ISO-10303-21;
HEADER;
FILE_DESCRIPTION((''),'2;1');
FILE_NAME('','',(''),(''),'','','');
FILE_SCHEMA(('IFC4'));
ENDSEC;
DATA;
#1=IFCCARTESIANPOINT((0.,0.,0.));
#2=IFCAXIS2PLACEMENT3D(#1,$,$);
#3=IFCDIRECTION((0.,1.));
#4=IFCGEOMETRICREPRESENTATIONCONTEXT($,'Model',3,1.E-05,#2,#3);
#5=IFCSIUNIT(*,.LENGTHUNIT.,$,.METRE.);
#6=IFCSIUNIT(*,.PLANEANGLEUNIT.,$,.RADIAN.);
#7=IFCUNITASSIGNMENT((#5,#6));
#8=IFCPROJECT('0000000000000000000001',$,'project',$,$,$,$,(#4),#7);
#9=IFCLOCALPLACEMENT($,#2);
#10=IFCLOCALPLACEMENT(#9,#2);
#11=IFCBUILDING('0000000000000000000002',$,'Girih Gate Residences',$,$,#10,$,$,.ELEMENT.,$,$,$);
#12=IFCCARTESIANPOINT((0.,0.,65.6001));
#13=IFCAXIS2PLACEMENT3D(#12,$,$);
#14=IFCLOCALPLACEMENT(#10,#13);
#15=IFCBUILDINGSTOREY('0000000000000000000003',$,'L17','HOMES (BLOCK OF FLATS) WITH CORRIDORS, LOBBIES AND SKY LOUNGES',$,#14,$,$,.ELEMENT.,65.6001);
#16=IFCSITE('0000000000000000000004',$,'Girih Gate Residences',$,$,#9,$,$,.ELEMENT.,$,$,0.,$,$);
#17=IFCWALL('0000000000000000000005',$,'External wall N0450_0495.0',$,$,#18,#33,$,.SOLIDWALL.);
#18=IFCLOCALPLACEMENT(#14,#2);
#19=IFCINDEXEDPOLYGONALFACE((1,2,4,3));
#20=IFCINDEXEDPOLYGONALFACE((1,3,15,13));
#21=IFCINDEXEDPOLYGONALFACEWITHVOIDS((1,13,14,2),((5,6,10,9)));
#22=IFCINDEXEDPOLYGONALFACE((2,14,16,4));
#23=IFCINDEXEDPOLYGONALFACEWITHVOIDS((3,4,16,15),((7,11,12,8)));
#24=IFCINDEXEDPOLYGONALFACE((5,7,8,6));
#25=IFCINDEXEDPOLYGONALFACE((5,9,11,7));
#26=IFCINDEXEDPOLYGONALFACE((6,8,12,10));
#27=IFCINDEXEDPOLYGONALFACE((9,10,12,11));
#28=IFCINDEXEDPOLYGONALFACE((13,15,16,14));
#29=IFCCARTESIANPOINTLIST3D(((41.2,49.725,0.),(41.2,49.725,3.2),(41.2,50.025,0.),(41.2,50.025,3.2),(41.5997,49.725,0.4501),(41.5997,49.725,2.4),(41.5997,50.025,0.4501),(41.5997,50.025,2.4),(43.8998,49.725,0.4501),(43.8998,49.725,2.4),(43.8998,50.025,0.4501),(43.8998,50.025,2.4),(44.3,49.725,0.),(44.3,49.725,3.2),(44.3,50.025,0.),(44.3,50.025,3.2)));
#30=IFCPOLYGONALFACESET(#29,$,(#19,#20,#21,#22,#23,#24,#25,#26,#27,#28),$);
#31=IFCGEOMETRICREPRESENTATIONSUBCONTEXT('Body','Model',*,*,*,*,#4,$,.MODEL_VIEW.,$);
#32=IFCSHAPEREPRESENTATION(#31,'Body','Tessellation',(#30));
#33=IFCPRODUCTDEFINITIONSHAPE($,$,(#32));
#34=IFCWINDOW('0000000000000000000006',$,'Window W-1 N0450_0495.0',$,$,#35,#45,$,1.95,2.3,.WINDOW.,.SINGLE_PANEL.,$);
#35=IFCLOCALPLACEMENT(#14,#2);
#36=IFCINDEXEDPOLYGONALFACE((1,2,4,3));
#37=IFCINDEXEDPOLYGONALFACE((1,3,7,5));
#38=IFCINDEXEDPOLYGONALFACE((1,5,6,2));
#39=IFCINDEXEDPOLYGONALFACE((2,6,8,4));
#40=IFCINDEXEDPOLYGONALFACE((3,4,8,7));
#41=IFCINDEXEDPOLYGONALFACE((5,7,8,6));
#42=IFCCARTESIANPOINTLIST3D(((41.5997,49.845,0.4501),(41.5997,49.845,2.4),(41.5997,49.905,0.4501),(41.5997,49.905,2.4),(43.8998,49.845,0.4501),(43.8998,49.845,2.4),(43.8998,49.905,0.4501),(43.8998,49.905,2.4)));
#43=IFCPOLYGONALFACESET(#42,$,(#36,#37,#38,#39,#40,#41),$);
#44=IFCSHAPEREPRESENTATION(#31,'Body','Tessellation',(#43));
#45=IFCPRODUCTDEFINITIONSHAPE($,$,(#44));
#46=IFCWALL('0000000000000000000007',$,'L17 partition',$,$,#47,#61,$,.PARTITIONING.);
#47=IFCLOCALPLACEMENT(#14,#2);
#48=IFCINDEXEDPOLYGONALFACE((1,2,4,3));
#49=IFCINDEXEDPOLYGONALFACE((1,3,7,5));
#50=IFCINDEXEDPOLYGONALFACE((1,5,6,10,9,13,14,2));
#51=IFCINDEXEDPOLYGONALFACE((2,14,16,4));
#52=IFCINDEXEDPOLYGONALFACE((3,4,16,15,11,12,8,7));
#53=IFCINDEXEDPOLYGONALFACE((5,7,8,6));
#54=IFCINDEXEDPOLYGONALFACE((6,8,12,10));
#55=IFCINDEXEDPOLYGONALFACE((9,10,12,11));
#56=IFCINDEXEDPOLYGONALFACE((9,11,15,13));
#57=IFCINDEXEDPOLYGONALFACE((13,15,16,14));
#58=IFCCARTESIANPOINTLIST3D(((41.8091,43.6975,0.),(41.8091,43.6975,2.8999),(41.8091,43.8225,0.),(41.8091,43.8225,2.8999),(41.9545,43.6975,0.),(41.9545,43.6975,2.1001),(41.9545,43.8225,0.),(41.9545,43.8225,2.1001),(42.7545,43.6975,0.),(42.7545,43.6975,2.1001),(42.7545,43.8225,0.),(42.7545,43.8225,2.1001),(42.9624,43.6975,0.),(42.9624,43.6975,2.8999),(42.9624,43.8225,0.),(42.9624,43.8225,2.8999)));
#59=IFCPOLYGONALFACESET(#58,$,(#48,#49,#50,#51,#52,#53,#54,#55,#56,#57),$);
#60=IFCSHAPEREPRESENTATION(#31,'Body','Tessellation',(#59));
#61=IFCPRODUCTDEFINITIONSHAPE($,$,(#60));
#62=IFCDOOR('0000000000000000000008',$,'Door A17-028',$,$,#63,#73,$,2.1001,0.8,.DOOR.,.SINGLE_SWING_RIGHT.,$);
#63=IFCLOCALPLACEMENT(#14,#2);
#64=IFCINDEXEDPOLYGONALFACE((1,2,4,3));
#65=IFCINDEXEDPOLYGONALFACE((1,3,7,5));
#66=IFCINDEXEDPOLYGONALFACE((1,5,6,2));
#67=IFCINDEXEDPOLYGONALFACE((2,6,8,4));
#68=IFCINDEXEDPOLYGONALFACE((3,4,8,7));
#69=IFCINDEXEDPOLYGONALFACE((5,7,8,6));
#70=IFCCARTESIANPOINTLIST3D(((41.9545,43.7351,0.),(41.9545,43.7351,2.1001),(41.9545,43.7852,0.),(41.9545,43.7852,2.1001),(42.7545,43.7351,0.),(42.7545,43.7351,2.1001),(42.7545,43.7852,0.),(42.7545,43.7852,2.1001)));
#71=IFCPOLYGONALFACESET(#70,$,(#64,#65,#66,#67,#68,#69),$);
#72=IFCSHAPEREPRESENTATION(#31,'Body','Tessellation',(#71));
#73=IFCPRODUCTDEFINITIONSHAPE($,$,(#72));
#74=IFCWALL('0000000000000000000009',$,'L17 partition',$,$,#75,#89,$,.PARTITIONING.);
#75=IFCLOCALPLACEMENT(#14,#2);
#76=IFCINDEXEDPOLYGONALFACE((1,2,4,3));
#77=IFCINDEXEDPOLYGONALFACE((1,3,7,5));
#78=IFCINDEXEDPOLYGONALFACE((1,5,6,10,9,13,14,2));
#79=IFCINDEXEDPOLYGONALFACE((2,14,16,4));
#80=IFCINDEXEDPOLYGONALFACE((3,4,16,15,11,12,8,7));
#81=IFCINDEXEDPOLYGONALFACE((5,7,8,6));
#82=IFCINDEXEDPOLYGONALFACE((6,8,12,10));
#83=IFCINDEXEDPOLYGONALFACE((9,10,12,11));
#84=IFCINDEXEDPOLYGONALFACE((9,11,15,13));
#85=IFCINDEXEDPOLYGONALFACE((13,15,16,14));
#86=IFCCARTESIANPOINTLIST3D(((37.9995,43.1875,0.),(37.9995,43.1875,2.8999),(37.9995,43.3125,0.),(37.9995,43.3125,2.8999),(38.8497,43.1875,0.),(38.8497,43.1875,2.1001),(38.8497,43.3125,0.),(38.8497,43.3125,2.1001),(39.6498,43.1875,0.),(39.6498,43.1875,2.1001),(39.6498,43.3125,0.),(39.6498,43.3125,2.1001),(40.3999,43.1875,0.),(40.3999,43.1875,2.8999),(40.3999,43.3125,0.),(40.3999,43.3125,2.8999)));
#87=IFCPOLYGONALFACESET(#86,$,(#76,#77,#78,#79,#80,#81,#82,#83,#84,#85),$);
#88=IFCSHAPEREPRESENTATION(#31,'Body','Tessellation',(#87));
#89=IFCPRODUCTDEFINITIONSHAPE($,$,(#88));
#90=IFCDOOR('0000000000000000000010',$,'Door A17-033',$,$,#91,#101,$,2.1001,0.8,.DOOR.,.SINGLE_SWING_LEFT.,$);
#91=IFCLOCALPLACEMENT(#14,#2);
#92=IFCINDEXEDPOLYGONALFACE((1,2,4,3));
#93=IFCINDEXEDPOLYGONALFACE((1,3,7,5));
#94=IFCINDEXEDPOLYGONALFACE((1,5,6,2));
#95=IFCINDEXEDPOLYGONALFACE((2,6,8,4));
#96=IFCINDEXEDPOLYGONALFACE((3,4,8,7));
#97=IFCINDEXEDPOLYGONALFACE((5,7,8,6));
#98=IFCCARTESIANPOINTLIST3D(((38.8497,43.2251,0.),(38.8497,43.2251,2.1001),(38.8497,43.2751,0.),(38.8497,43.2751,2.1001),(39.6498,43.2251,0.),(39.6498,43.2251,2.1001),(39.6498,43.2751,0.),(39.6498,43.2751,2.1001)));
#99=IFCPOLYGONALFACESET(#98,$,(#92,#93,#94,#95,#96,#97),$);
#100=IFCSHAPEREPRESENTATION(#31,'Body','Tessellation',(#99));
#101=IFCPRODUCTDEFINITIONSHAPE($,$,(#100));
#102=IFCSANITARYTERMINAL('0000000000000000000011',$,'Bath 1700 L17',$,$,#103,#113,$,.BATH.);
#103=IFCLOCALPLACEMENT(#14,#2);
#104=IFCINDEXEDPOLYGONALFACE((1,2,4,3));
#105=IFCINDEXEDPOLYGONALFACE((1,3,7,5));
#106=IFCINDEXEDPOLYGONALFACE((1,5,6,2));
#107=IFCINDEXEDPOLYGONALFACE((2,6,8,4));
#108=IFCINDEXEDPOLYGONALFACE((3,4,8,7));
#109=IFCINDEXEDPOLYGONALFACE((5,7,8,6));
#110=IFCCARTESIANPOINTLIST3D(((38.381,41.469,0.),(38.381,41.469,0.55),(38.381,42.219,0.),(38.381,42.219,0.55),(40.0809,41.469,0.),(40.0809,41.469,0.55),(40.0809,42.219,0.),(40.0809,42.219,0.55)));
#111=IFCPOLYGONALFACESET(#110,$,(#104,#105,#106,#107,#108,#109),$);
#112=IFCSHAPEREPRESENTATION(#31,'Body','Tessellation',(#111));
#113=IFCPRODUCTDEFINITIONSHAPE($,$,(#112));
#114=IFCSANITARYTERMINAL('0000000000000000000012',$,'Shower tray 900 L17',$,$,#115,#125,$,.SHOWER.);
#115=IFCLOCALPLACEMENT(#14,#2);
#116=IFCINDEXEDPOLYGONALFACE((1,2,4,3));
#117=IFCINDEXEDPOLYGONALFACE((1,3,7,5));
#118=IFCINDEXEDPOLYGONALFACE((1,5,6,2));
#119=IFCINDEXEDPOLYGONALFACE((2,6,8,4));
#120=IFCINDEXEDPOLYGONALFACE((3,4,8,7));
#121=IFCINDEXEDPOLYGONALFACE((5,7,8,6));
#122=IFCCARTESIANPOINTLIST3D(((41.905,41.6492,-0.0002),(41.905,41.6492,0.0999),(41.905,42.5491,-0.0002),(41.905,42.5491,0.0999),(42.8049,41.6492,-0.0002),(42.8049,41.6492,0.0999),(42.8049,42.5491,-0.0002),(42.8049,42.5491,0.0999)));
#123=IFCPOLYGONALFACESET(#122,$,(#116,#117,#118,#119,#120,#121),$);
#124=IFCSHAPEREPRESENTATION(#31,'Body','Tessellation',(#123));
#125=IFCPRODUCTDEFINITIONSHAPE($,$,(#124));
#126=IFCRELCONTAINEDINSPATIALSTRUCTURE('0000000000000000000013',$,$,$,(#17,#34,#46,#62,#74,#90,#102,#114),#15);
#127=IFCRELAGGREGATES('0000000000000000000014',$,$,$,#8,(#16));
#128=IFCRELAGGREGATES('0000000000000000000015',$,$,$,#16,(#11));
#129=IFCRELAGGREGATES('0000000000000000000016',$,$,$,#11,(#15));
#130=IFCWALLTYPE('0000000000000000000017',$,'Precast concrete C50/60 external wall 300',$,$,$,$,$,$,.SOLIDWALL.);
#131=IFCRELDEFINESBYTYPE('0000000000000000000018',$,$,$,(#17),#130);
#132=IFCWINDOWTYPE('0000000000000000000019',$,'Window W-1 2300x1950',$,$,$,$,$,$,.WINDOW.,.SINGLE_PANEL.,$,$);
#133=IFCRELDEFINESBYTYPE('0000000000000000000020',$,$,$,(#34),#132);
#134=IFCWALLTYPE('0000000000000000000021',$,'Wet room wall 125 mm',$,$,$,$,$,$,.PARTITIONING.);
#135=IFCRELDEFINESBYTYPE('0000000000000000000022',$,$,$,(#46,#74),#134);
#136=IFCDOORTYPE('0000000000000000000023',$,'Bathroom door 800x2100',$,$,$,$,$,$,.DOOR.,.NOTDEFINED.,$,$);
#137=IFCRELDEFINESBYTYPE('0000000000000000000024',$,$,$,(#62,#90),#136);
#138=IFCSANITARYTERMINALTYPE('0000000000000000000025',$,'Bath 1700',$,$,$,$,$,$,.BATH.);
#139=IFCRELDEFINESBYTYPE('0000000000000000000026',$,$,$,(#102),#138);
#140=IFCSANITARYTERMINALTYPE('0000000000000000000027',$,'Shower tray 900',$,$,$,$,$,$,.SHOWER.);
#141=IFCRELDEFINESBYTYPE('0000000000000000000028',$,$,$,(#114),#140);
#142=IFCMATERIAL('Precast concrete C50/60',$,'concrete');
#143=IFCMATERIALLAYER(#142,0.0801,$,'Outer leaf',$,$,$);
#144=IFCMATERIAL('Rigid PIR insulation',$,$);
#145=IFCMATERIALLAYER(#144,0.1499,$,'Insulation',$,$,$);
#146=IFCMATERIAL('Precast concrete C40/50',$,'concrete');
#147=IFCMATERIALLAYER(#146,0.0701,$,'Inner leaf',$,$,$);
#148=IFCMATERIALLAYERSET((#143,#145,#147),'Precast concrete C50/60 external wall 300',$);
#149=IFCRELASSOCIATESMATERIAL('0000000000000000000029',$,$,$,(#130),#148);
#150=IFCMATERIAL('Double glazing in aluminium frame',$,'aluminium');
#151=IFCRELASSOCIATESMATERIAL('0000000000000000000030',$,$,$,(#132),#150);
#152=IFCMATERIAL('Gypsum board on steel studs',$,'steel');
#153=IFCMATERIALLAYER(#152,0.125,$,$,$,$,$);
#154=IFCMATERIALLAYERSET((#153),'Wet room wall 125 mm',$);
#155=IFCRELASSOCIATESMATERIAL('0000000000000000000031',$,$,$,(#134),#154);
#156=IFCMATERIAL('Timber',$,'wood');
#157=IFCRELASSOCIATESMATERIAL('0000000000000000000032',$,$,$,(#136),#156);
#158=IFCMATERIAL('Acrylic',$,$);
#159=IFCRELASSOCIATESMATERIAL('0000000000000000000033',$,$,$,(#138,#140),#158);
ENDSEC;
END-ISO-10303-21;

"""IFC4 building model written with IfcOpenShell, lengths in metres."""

from ifc_helpers import new_model, si_unit, direction, frame, frame_2d, origin, origin_2d, place, context, subcontext, project, spatial, rectangle, extrude, material, layer, layer_set, type_object, element, fill, save


model = new_model("IFC4")

# Units and contexts
model_context = context("Model", 3, precision=1e-05, world=origin(), true_north=direction((0.0, 1.0)))
body_context = subcontext(model_context, "Body", "Model", "MODEL_VIEW")
ifc_project = project(units=[si_unit("LENGTHUNIT", "METRE"), si_unit("PLANEANGLEUNIT", "RADIAN")], contexts=[model_context])

# Site, building, storey
site_placement = place(None, origin())
site = spatial("IfcSite", under=ifc_project, at=site_placement, Name="Girih Gate Residences", CompositionType="ELEMENT", RefElevation=0.0)
building_placement = place(site_placement, origin())
building = spatial("IfcBuilding", under=site, at=building_placement, Name="Girih Gate Residences", CompositionType="ELEMENT")
storey_placement = place(building_placement, frame((0.0, 0.0, 65.6001)))
storey = spatial("IfcBuildingStorey", under=building, at=storey_placement, Name="L17", Description="HOMES (BLOCK OF FLATS) WITH CORRIDORS, LOBBIES AND SKY LOUNGES", CompositionType="ELEMENT", Elevation=65.6001)

# Shared definitions
ifc_material_1 = material(Name="Gypsum board on steel studs", Category="steel")
ifc_material_2 = material(Name="Timber", Category="wood")

# Wall, opening, window
ifc_material_3 = material(Name="Precast concrete C50/60", Category="concrete")
ifc_layer_1 = layer(ifc_material_3, 0.0801, Name="Outer leaf")
ifc_material_4 = material(Name="Rigid PIR insulation")
ifc_layer_2 = layer(ifc_material_4, 0.1499, Name="Insulation")
ifc_material_5 = material(Name="Precast concrete C40/50", Category="concrete")
ifc_layer_3 = layer(ifc_material_5, 0.0701, Name="Inner leaf")
ifc_layer_set_1 = layer_set([ifc_layer_1, ifc_layer_2, ifc_layer_3], Name="Precast concrete C50/60 external wall 300")
wall_type_1 = type_object("IfcWallType", Name="Precast concrete C50/60 external wall 300", PredefinedType="SOLIDWALL", material=ifc_layer_set_1)
wall_1_placement = place(storey_placement, frame((41.2, 49.875, 0.0), z_axis=(0.0, 0.0, 1.0), x_axis=(1.0, 0.0, 0.0)))
wall_1 = element("IfcWall", 1, at=wall_1_placement, inside=storey, type_object=wall_type_1, Name="External wall N0450_0495.0", PredefinedType="SOLIDWALL", context=body_context, shape_type="SweptSolid", body=[
    extrude(rectangle(XDim=3.1001, YDim=0.3, at=frame_2d((1.55, 0.0))), origin(), (0.0, 0.0, 1.0), 3.2),
])
opening_1_placement = place(wall_1_placement, frame((0.3999, 0.0, 0.45)))
opening_1 = element("IfcOpeningElement", 2, at=opening_1_placement, cuts=wall_1, PredefinedType="OPENING", context=body_context, shape_type="SweptSolid", body=[
    extrude(rectangle(XDim=2.3, YDim=1.95, at=frame_2d((1.1499, 0.9751))), frame((0.0, 0.1599, 0.0), z_axis=(0.0, -1.0, 0.0), x_axis=(1.0, 0.0, 0.0)), (0.0, 0.0, 1.0), 0.3201),
])
ifc_material_6 = material(Name="Double glazing in aluminium frame", Category="aluminium")
window_type = type_object("IfcWindowType", Name="Window W-1 2300x1950", PartitioningType="SINGLE_PANEL", PredefinedType="WINDOW", material=ifc_material_6)
window_placement = place(opening_1_placement, origin())
window = element("IfcWindow", 3, at=window_placement, inside=storey, type_object=window_type, Name="Window W-1 N0450_0495.0", OverallHeight=1.95, OverallWidth=2.3, PartitioningType="SINGLE_PANEL", PredefinedType="WINDOW", context=body_context, shape_type="SweptSolid", body=[
    extrude(rectangle(XDim=2.3, YDim=1.95, at=frame_2d((1.1499, 0.9751))), frame((0.0, 0.03, 0.0), z_axis=(0.0, -1.0, 0.0), x_axis=(1.0, 0.0, 0.0)), (0.0, 0.0, 1.0), 0.0601),
])
fill(opening_1, window)

# Walls, openings, doors
ifc_layer_4 = layer(ifc_material_1, 0.125)
ifc_layer_set_2 = layer_set([ifc_layer_4], Name="Wet room wall 125 mm")
wall_type_2 = type_object("IfcWallType", Name="Wet room wall 125 mm", PredefinedType="PARTITIONING", material=ifc_layer_set_2)
wall_2_placement = place(storey_placement, frame((42.9624, 43.76, 0.0), z_axis=(0.0, 0.0, 1.0), x_axis=(-1.0, 0.0, 0.0)))
wall_2 = element("IfcWall", 4, at=wall_2_placement, inside=storey, type_object=wall_type_2, Name="L17 partition", PredefinedType="PARTITIONING", context=body_context, shape_type="SweptSolid", body=[
    extrude(rectangle(XDim=1.1533, YDim=0.125, at=frame_2d((0.5767, 0.0))), origin(), (0.0, 0.0, 1.0), 2.8999),
])
opening_2_placement = place(wall_2_placement, frame((0.208, 0.0, 0.0)))
opening_2 = element("IfcOpeningElement", 5, at=opening_2_placement, cuts=wall_2, PredefinedType="OPENING", context=body_context, shape_type="SweptSolid", body=[
    extrude(rectangle(XDim=0.8, YDim=2.1001, at=frame_2d((0.3999, 1.05))), frame((0.0, 0.0725, 0.0), z_axis=(0.0, -1.0, 0.0), x_axis=(1.0, 0.0, 0.0)), (0.0, 0.0, 1.0), 0.145),
])
door_type_1 = type_object("IfcDoorType", Name="Bathroom door 800x2100", OperationType="NOTDEFINED", PredefinedType="DOOR", material=ifc_material_2)
door_1_placement = place(opening_2_placement, origin())
door_1 = element("IfcDoor", 6, at=door_1_placement, inside=storey, type_object=door_type_1, Name="Door A17-028", OperationType="SINGLE_SWING_RIGHT", OverallHeight=2.1001, OverallWidth=0.8, PredefinedType="DOOR", context=body_context, shape_type="SweptSolid", body=[
    extrude(rectangle(XDim=0.8, YDim=2.1001, at=frame_2d((0.3999, 1.05))), frame((0.0, 0.0249, 0.0), z_axis=(0.0, -1.0, 0.0), x_axis=(1.0, 0.0, 0.0)), (0.0, 0.0, 1.0), 0.05),
])
fill(opening_2, door_1)
wall_3_placement = place(storey_placement, frame((40.3999, 43.25, 0.0), z_axis=(0.0, 0.0, 1.0), x_axis=(-1.0, 0.0, 0.0)))
wall_3 = element("IfcWall", 7, at=wall_3_placement, inside=storey, type_object=wall_type_2, Name="L17 partition", PredefinedType="PARTITIONING", context=body_context, shape_type="SweptSolid", body=[
    extrude(rectangle(XDim=2.4004, YDim=0.125, at=frame_2d((1.2002, 0.0))), origin(), (0.0, 0.0, 1.0), 2.8999),
])
opening_3_placement = place(wall_3_placement, frame((0.7502, 0.0, 0.0)))
opening_3 = element("IfcOpeningElement", 8, at=opening_3_placement, cuts=wall_3, PredefinedType="OPENING", context=body_context, shape_type="SweptSolid", body=[
    extrude(rectangle(XDim=0.8, YDim=2.1001, at=frame_2d((0.3999, 1.05))), frame((0.0, 0.0725, 0.0), z_axis=(0.0, -1.0, 0.0), x_axis=(1.0, 0.0, 0.0)), (0.0, 0.0, 1.0), 0.145),
])
door_2_placement = place(opening_3_placement, origin())
door_2 = element("IfcDoor", 9, at=door_2_placement, inside=storey, type_object=door_type_1, Name="Door A17-033", OperationType="SINGLE_SWING_LEFT", OverallHeight=2.1001, OverallWidth=0.8, PredefinedType="DOOR", context=body_context, shape_type="SweptSolid", body=[
    extrude(rectangle(XDim=0.8, YDim=2.1001, at=frame_2d((0.3999, 1.05))), frame((0.0, 0.0249, 0.0), z_axis=(0.0, -1.0, 0.0), x_axis=(1.0, 0.0, 0.0)), (0.0, 0.0, 1.0), 0.05),
])
fill(opening_3, door_2)

# Sanitary terminals
ifc_material_7 = material(Name="Acrylic")
sanitary_terminal_type_1 = type_object("IfcSanitaryTerminalType", Name="Bath 1700", PredefinedType="BATH", material=ifc_material_7)
sanitary_terminal_1_placement = place(storey_placement, frame((39.231, 41.844, 0.0), z_axis=(0.0, 0.0, 1.0), x_axis=(1.0, 0.0, 0.0)))
element("IfcSanitaryTerminal", 10, at=sanitary_terminal_1_placement, inside=storey, type_object=sanitary_terminal_type_1, Name="Bath 1700 L17", PredefinedType="BATH", context=body_context, shape_type="SweptSolid", body=[
    extrude(rectangle(XDim=1.7, YDim=0.75, at=origin_2d()), origin(), (0.0, 0.0, 1.0), 0.55),
])
sanitary_terminal_type_2 = type_object("IfcSanitaryTerminalType", Name="Shower tray 900", PredefinedType="SHOWER", material=ifc_material_7)
sanitary_terminal_2_placement = place(storey_placement, frame((42.355, 42.0991, -0.0002), z_axis=(0.0, 0.0, 1.0), x_axis=(1.0, 0.0, 0.0)))
element("IfcSanitaryTerminal", 11, at=sanitary_terminal_2_placement, inside=storey, type_object=sanitary_terminal_type_2, Name="Shower tray 900 L17", PredefinedType="SHOWER", context=body_context, shape_type="SweptSolid", body=[
    extrude(rectangle(XDim=0.8999, YDim=0.8999, at=origin_2d()), origin(), (0.0, 0.0, 1.0), 0.1001),
])

save(model, "model.ifc")
